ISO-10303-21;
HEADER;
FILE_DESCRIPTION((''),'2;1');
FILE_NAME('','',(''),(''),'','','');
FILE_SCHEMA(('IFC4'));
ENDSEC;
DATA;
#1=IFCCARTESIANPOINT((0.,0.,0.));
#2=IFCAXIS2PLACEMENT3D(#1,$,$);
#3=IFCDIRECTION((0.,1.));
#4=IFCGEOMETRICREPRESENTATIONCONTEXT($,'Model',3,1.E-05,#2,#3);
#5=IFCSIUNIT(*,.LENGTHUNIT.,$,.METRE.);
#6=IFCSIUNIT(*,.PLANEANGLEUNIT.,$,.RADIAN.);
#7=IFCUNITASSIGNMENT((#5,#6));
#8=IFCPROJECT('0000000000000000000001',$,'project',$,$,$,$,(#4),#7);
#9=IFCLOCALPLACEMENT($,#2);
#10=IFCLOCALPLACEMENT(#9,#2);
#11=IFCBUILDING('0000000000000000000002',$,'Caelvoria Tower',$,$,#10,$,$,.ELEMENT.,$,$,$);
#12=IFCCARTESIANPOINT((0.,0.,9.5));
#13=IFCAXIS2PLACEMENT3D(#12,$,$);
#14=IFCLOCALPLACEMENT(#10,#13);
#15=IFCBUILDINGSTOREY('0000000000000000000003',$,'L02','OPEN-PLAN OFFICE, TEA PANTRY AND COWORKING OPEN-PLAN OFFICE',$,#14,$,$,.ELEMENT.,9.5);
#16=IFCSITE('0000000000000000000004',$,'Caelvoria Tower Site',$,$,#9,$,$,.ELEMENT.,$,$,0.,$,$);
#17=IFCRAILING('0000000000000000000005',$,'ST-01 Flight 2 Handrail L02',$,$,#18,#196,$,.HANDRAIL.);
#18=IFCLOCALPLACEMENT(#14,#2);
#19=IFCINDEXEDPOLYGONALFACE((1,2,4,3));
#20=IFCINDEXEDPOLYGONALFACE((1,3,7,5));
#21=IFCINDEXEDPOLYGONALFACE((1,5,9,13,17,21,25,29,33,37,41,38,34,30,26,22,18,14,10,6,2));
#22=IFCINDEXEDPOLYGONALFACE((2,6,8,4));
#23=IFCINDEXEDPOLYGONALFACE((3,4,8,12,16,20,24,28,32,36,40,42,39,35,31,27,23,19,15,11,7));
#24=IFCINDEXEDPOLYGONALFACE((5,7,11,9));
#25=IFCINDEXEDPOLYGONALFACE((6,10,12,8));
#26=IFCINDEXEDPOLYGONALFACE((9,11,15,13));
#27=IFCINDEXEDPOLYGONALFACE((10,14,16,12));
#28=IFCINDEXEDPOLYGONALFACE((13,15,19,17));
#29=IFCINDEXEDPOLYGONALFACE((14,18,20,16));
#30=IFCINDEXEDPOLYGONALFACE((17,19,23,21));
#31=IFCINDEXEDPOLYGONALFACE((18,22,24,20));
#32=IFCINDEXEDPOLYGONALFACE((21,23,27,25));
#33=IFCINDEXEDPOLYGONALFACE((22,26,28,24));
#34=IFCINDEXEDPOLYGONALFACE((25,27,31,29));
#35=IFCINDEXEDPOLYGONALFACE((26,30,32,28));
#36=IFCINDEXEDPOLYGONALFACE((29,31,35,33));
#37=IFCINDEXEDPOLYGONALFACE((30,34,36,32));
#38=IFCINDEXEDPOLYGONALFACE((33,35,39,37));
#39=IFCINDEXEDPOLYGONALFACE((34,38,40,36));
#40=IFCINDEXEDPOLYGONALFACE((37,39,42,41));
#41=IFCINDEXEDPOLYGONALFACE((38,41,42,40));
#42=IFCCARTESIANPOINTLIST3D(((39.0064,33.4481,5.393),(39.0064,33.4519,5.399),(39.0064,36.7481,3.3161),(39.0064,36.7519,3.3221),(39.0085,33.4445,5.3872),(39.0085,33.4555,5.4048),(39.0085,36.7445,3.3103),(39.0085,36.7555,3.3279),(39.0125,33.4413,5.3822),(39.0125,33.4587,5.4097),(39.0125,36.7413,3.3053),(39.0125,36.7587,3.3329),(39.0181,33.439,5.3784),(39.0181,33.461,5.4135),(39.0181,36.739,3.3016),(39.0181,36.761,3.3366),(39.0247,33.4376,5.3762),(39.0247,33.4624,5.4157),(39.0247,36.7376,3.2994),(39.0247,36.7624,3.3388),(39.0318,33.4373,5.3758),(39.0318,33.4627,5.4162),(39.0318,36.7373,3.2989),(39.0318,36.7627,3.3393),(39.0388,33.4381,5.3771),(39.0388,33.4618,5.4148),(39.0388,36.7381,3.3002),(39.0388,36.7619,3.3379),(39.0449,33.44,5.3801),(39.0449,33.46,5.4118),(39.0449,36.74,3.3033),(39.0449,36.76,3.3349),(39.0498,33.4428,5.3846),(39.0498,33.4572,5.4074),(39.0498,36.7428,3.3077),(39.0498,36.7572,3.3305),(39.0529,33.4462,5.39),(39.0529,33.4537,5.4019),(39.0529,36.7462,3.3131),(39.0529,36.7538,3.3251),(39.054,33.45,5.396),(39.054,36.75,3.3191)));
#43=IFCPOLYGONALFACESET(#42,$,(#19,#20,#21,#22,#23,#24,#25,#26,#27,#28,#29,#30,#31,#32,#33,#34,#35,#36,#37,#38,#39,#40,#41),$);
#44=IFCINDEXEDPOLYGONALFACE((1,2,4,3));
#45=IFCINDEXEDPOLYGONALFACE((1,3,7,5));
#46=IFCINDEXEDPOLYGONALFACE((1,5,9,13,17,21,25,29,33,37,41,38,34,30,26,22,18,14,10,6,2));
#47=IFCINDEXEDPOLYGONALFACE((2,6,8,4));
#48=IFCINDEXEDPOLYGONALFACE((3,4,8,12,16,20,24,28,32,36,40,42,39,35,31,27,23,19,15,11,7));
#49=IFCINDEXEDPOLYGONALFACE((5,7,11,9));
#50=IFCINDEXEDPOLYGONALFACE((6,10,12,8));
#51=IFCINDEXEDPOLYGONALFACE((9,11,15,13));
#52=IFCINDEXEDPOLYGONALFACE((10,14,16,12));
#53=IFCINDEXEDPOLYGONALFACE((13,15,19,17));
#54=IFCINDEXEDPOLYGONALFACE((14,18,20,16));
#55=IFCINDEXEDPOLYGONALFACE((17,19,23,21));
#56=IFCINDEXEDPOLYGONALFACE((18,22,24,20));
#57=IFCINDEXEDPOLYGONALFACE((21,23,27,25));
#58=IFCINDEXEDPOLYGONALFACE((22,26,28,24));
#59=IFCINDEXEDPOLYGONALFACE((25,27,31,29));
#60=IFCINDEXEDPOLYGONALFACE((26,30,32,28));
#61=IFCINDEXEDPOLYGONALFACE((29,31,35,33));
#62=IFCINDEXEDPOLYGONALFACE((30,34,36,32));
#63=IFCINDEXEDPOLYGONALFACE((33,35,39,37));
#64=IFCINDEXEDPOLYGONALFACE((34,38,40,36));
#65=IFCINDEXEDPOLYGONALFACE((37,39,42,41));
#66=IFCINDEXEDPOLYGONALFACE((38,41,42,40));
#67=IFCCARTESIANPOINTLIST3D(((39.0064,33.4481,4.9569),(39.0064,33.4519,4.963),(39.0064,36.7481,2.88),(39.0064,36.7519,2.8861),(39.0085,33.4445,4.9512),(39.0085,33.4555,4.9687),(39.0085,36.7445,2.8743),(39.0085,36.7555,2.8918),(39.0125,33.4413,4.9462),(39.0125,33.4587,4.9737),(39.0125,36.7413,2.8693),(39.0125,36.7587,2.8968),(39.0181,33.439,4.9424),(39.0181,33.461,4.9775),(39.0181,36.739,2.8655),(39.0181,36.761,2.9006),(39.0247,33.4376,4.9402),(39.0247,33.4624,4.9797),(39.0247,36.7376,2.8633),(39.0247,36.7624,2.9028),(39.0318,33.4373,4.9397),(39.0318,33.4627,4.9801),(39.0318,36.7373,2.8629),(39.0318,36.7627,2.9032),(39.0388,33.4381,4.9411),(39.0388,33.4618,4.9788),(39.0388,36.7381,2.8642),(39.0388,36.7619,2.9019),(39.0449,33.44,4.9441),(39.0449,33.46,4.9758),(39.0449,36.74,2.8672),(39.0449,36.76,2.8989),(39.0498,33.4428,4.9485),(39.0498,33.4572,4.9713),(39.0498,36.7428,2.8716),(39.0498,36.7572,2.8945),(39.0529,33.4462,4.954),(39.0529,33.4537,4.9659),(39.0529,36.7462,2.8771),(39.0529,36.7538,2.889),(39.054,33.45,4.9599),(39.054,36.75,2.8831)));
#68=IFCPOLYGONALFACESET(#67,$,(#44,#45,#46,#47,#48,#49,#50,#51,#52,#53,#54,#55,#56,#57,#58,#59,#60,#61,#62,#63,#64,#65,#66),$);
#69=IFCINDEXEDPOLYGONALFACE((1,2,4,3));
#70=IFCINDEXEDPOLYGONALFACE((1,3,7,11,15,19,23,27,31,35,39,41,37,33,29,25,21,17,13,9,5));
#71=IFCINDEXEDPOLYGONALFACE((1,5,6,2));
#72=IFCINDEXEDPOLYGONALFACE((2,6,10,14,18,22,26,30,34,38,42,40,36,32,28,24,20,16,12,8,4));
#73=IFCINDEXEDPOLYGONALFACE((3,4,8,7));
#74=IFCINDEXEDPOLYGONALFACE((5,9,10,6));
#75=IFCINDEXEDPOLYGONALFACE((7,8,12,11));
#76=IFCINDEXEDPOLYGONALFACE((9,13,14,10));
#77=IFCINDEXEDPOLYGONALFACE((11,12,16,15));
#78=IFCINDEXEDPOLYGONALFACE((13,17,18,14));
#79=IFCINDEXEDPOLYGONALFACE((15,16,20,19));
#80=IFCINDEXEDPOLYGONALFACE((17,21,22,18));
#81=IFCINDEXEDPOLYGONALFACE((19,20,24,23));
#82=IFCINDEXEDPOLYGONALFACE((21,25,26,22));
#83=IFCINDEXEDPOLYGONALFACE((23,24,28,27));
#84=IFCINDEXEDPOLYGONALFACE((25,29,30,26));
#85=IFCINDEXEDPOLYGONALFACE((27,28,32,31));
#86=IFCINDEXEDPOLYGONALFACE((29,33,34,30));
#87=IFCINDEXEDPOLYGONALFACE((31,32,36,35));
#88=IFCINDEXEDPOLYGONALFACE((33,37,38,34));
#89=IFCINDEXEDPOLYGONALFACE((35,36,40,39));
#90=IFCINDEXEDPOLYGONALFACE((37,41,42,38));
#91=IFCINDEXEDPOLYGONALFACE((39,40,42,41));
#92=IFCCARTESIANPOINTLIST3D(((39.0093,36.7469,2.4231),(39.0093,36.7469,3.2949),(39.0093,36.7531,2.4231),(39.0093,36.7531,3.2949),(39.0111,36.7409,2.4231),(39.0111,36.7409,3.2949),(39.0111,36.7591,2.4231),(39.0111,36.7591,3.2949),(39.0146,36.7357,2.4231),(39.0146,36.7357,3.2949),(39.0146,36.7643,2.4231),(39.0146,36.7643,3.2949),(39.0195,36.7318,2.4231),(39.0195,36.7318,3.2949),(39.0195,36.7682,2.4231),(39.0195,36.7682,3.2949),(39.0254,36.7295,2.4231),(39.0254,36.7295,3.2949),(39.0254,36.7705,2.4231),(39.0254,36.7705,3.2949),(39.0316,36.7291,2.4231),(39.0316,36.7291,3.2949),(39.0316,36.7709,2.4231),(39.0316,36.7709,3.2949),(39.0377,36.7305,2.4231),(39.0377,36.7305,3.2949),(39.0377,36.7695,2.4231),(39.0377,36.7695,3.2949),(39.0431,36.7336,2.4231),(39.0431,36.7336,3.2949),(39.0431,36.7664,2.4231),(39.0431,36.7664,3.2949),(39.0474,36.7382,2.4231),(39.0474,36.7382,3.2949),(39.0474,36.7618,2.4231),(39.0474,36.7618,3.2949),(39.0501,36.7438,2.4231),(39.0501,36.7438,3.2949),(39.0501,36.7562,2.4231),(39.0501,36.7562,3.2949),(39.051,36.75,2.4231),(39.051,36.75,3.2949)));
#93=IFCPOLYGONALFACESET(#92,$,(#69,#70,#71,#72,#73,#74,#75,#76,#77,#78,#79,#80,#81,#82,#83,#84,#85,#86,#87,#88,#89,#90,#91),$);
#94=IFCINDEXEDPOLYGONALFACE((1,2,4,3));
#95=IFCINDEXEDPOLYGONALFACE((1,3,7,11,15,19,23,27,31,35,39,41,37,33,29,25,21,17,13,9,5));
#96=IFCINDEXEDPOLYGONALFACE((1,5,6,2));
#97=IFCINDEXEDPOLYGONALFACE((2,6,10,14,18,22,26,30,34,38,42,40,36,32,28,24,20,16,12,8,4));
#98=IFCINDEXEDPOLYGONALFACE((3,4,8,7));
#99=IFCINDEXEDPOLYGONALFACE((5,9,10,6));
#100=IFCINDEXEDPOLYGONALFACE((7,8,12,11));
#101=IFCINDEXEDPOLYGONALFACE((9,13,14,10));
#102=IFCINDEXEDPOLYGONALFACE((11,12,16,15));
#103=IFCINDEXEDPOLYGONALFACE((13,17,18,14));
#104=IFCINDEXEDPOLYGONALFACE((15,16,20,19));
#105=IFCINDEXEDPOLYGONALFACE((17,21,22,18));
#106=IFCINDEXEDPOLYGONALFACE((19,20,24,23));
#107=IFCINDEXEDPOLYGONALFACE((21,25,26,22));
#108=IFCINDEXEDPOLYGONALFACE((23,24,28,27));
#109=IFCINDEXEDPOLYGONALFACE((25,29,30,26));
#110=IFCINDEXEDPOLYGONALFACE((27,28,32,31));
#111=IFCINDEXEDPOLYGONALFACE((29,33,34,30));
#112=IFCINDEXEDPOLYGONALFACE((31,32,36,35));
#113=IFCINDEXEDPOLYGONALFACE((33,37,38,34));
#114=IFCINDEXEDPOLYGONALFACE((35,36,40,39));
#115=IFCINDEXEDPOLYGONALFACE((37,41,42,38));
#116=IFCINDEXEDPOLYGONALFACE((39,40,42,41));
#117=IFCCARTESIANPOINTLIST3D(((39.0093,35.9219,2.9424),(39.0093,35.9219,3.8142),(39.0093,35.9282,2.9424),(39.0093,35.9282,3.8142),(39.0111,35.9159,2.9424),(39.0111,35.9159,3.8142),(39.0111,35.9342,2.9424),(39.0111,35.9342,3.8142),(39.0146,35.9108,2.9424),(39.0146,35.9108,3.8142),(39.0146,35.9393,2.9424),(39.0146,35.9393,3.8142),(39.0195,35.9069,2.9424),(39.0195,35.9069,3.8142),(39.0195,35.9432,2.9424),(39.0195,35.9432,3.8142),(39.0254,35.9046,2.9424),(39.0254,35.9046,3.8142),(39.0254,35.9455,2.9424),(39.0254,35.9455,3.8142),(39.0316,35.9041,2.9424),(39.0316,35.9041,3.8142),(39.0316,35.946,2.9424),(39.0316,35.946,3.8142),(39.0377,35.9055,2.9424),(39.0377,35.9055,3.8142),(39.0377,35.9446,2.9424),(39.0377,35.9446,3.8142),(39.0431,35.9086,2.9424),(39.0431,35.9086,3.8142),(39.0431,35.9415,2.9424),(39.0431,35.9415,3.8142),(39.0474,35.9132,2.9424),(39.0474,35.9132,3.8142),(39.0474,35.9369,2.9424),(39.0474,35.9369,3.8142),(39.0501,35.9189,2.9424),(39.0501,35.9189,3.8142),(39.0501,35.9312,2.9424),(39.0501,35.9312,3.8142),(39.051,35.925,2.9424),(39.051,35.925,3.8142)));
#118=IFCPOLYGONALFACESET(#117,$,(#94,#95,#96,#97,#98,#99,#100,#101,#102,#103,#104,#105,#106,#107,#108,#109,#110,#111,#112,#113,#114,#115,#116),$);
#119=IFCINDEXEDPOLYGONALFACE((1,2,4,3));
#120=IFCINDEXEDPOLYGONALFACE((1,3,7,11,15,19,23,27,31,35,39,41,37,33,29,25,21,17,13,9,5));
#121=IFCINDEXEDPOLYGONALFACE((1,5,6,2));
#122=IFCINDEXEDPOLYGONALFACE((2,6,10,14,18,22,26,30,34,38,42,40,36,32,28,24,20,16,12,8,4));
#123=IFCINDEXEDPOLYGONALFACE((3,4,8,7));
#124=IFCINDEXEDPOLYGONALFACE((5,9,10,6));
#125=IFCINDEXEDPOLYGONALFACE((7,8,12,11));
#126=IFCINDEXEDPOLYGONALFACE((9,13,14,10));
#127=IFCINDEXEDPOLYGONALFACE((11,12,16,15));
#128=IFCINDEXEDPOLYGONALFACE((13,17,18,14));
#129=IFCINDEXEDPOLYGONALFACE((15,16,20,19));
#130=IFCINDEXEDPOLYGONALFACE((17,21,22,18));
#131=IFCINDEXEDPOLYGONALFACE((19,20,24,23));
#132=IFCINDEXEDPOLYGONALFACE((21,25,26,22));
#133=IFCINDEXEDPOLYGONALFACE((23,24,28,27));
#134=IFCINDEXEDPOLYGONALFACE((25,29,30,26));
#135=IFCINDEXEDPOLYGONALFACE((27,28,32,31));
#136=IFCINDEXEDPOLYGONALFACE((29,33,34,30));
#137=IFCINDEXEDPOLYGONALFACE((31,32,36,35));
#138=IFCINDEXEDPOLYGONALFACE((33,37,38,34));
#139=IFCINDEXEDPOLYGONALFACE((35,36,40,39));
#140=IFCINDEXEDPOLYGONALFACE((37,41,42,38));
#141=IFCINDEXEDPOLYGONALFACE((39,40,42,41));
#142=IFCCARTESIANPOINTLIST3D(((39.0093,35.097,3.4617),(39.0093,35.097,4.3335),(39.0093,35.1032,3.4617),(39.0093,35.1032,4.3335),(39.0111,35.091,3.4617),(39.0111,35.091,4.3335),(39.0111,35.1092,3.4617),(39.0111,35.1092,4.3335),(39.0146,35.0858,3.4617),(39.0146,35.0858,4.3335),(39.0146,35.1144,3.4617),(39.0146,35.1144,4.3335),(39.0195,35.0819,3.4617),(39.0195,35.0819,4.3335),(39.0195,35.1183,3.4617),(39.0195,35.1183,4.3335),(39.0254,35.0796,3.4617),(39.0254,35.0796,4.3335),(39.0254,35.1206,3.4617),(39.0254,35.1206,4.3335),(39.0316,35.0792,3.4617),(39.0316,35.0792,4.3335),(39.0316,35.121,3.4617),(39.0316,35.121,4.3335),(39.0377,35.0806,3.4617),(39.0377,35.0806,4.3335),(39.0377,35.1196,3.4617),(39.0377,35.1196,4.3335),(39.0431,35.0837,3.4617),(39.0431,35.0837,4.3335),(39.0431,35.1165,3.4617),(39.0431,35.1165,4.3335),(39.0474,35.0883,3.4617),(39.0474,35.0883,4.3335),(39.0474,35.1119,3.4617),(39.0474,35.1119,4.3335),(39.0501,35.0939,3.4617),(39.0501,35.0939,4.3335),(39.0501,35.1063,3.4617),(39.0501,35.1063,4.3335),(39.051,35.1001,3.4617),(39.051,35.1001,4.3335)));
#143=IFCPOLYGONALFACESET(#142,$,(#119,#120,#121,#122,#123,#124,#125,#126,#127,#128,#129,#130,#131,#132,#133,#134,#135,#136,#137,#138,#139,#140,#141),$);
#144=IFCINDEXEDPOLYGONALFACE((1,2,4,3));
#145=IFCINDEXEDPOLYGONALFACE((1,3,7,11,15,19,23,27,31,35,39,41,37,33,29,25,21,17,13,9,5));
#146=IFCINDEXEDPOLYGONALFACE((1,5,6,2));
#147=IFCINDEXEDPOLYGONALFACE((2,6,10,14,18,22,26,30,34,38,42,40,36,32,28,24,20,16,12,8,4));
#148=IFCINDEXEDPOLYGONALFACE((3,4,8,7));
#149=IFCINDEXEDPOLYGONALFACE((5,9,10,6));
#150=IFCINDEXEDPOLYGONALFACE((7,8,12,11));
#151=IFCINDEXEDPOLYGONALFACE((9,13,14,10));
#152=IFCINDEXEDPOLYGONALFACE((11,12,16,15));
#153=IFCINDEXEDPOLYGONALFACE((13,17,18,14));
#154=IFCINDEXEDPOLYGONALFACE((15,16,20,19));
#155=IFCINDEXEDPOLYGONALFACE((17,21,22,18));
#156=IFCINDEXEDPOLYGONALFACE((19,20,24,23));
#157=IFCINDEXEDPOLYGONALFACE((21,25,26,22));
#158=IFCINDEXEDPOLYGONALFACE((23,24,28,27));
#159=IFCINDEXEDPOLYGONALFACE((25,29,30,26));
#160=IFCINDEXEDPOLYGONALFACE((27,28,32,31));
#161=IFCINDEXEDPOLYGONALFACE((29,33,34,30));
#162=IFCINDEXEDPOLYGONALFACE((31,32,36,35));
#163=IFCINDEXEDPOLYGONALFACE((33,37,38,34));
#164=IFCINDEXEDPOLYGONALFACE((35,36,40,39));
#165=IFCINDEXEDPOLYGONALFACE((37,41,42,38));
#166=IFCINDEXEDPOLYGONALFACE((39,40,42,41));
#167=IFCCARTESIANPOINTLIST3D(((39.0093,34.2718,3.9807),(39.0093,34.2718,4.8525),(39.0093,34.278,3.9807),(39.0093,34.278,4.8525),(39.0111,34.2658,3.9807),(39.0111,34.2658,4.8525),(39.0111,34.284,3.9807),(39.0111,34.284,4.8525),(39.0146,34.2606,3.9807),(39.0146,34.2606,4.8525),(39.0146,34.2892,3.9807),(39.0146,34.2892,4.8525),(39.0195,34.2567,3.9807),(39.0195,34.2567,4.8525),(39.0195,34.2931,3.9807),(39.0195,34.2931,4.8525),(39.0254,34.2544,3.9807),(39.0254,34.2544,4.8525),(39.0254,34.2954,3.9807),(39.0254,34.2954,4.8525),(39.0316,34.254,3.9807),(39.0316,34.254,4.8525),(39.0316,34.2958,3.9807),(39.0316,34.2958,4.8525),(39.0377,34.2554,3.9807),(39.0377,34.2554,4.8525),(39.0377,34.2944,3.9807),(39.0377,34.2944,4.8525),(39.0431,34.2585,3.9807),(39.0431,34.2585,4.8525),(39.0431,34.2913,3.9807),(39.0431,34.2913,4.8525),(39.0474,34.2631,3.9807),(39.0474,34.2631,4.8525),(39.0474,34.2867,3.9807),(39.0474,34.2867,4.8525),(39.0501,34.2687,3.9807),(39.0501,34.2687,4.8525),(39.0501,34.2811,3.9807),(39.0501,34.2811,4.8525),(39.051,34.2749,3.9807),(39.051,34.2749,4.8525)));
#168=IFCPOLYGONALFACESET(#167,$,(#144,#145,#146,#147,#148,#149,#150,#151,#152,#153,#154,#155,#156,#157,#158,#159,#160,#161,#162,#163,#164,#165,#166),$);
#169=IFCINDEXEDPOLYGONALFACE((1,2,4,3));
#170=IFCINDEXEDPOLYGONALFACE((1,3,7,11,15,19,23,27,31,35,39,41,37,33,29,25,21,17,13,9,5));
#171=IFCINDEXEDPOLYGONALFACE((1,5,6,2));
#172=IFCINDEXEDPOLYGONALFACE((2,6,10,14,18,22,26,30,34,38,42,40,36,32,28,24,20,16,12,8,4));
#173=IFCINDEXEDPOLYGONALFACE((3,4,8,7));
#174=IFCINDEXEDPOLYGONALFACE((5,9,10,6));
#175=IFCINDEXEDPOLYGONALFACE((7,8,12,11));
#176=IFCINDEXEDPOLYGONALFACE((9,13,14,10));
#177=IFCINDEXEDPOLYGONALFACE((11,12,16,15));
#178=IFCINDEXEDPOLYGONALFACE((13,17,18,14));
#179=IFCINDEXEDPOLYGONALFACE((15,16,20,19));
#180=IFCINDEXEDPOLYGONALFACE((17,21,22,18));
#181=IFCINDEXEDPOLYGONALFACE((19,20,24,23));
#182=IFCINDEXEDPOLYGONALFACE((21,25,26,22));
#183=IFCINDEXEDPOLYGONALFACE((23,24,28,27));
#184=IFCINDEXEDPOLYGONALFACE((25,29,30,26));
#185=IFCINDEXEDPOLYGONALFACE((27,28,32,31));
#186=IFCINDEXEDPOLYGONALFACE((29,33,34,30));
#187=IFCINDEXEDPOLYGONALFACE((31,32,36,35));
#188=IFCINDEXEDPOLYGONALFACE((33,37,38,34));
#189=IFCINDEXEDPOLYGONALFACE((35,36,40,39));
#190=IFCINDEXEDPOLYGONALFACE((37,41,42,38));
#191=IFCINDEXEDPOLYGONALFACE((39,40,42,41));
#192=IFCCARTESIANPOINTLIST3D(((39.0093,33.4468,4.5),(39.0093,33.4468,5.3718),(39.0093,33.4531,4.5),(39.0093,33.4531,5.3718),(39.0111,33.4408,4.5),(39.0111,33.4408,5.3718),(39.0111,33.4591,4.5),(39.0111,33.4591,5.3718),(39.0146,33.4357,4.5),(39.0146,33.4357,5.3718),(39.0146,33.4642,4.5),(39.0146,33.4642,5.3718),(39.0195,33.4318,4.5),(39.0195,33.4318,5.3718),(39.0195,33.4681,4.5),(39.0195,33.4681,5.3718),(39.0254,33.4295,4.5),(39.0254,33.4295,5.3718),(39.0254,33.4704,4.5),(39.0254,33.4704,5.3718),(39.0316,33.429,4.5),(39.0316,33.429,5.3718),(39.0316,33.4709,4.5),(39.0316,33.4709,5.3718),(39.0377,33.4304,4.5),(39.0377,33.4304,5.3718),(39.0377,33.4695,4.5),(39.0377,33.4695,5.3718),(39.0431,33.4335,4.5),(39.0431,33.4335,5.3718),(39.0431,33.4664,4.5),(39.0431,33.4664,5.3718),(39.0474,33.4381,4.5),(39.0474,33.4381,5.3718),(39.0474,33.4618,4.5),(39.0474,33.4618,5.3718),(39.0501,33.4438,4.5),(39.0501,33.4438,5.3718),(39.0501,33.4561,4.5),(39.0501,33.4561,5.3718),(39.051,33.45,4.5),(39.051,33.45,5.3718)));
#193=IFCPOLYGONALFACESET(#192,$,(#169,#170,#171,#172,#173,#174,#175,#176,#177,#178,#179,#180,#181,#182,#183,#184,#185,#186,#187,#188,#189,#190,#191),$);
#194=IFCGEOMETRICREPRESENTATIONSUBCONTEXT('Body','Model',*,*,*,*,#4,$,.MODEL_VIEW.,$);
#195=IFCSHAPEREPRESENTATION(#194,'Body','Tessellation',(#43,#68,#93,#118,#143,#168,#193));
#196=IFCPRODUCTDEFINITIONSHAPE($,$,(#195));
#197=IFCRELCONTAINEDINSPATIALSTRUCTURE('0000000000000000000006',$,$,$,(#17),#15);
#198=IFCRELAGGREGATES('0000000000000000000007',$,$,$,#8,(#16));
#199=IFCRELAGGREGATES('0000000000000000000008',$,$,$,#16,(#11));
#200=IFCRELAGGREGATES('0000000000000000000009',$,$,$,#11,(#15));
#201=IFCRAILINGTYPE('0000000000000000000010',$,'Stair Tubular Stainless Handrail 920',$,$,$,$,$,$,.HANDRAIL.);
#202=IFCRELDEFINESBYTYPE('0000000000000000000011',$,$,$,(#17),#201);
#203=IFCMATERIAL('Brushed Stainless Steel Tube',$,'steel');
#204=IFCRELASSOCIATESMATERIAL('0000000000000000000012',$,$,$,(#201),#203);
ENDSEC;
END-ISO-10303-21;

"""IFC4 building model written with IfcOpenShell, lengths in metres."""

from ifc_helpers import new_model, si_unit, direction, frame, origin, origin_2d, place, context, subcontext, project, spatial, circle, extrude, material, type_object, element, save


model = new_model("IFC4")

# Units and contexts
model_context = context("Model", 3, precision=1e-05, world=origin(), true_north=direction((0.0, 1.0)))
body_context = subcontext(model_context, "Body", "Model", "MODEL_VIEW")
ifc_project = project(units=[si_unit("LENGTHUNIT", "METRE"), si_unit("PLANEANGLEUNIT", "RADIAN")], contexts=[model_context])

# Site, building, storey
site_placement = place(None, origin())
site = spatial("IfcSite", under=ifc_project, at=site_placement, Name="Caelvoria Tower Site", CompositionType="ELEMENT", RefElevation=0.0)
building_placement = place(site_placement, origin())
building = spatial("IfcBuilding", under=site, at=building_placement, Name="Caelvoria Tower", CompositionType="ELEMENT")
storey_placement = place(building_placement, frame((0.0, 0.0, 9.5)))
storey = spatial("IfcBuildingStorey", under=building, at=storey_placement, Name="L02", Description="OPEN-PLAN OFFICE, TEA PANTRY AND COWORKING OPEN-PLAN OFFICE", CompositionType="ELEMENT", Elevation=9.5)

# Railing
ifc_material_1 = material(Name="Brushed Stainless Steel Tube", Category="steel")
railing_type_1 = type_object("IfcRailingType", Name="Stair Tubular Stainless Handrail 920", PredefinedType="HANDRAIL", material=ifc_material_1)
railing_1_placement = place(storey_placement, frame((39.03, 36.75, 2.4231)))
element("IfcRailing", 1, at=railing_1_placement, inside=storey, type_object=railing_type_1, Name="ST-01 Flight 2 Handrail L02", PredefinedType="HANDRAIL", context=body_context, shape_type="SweptSolid", body=[
    extrude(circle(Radius=0.0239, at=origin_2d()), frame((0.0, 0.0, 0.896), z_axis=(0.0, -0.846337, 0.532647), x_axis=(1.0, 0.0, 0.0)), (0.0, 0.0, 1.0), 3.8992),
    extrude(circle(Radius=0.0239, at=origin_2d()), frame((0.0, 0.0, 0.46), z_axis=(0.0, -0.846337, 0.532647), x_axis=(1.0, 0.0, 0.0)), (0.0, 0.0, 1.0), 3.8992),
    extrude(circle(Radius=0.021, at=origin_2d()), origin(), (0.0, 0.0, 1.0), 0.8718),
    extrude(circle(Radius=0.021, at=origin_2d()), frame((0.0, -0.825, 0.5193)), (0.0, 0.0, 1.0), 0.8718),
    extrude(circle(Radius=0.021, at=origin_2d()), frame((0.0, -1.6499, 1.0386)), (0.0, 0.0, 1.0), 0.8718),
    extrude(circle(Radius=0.021, at=origin_2d()), frame((0.0, -2.4751, 1.5576)), (0.0, 0.0, 1.0), 0.8718),
    extrude(circle(Radius=0.021, at=origin_2d()), frame((0.0, -3.3, 2.0769)), (0.0, 0.0, 1.0), 0.8718),
])

save(model, "model.ifc")
